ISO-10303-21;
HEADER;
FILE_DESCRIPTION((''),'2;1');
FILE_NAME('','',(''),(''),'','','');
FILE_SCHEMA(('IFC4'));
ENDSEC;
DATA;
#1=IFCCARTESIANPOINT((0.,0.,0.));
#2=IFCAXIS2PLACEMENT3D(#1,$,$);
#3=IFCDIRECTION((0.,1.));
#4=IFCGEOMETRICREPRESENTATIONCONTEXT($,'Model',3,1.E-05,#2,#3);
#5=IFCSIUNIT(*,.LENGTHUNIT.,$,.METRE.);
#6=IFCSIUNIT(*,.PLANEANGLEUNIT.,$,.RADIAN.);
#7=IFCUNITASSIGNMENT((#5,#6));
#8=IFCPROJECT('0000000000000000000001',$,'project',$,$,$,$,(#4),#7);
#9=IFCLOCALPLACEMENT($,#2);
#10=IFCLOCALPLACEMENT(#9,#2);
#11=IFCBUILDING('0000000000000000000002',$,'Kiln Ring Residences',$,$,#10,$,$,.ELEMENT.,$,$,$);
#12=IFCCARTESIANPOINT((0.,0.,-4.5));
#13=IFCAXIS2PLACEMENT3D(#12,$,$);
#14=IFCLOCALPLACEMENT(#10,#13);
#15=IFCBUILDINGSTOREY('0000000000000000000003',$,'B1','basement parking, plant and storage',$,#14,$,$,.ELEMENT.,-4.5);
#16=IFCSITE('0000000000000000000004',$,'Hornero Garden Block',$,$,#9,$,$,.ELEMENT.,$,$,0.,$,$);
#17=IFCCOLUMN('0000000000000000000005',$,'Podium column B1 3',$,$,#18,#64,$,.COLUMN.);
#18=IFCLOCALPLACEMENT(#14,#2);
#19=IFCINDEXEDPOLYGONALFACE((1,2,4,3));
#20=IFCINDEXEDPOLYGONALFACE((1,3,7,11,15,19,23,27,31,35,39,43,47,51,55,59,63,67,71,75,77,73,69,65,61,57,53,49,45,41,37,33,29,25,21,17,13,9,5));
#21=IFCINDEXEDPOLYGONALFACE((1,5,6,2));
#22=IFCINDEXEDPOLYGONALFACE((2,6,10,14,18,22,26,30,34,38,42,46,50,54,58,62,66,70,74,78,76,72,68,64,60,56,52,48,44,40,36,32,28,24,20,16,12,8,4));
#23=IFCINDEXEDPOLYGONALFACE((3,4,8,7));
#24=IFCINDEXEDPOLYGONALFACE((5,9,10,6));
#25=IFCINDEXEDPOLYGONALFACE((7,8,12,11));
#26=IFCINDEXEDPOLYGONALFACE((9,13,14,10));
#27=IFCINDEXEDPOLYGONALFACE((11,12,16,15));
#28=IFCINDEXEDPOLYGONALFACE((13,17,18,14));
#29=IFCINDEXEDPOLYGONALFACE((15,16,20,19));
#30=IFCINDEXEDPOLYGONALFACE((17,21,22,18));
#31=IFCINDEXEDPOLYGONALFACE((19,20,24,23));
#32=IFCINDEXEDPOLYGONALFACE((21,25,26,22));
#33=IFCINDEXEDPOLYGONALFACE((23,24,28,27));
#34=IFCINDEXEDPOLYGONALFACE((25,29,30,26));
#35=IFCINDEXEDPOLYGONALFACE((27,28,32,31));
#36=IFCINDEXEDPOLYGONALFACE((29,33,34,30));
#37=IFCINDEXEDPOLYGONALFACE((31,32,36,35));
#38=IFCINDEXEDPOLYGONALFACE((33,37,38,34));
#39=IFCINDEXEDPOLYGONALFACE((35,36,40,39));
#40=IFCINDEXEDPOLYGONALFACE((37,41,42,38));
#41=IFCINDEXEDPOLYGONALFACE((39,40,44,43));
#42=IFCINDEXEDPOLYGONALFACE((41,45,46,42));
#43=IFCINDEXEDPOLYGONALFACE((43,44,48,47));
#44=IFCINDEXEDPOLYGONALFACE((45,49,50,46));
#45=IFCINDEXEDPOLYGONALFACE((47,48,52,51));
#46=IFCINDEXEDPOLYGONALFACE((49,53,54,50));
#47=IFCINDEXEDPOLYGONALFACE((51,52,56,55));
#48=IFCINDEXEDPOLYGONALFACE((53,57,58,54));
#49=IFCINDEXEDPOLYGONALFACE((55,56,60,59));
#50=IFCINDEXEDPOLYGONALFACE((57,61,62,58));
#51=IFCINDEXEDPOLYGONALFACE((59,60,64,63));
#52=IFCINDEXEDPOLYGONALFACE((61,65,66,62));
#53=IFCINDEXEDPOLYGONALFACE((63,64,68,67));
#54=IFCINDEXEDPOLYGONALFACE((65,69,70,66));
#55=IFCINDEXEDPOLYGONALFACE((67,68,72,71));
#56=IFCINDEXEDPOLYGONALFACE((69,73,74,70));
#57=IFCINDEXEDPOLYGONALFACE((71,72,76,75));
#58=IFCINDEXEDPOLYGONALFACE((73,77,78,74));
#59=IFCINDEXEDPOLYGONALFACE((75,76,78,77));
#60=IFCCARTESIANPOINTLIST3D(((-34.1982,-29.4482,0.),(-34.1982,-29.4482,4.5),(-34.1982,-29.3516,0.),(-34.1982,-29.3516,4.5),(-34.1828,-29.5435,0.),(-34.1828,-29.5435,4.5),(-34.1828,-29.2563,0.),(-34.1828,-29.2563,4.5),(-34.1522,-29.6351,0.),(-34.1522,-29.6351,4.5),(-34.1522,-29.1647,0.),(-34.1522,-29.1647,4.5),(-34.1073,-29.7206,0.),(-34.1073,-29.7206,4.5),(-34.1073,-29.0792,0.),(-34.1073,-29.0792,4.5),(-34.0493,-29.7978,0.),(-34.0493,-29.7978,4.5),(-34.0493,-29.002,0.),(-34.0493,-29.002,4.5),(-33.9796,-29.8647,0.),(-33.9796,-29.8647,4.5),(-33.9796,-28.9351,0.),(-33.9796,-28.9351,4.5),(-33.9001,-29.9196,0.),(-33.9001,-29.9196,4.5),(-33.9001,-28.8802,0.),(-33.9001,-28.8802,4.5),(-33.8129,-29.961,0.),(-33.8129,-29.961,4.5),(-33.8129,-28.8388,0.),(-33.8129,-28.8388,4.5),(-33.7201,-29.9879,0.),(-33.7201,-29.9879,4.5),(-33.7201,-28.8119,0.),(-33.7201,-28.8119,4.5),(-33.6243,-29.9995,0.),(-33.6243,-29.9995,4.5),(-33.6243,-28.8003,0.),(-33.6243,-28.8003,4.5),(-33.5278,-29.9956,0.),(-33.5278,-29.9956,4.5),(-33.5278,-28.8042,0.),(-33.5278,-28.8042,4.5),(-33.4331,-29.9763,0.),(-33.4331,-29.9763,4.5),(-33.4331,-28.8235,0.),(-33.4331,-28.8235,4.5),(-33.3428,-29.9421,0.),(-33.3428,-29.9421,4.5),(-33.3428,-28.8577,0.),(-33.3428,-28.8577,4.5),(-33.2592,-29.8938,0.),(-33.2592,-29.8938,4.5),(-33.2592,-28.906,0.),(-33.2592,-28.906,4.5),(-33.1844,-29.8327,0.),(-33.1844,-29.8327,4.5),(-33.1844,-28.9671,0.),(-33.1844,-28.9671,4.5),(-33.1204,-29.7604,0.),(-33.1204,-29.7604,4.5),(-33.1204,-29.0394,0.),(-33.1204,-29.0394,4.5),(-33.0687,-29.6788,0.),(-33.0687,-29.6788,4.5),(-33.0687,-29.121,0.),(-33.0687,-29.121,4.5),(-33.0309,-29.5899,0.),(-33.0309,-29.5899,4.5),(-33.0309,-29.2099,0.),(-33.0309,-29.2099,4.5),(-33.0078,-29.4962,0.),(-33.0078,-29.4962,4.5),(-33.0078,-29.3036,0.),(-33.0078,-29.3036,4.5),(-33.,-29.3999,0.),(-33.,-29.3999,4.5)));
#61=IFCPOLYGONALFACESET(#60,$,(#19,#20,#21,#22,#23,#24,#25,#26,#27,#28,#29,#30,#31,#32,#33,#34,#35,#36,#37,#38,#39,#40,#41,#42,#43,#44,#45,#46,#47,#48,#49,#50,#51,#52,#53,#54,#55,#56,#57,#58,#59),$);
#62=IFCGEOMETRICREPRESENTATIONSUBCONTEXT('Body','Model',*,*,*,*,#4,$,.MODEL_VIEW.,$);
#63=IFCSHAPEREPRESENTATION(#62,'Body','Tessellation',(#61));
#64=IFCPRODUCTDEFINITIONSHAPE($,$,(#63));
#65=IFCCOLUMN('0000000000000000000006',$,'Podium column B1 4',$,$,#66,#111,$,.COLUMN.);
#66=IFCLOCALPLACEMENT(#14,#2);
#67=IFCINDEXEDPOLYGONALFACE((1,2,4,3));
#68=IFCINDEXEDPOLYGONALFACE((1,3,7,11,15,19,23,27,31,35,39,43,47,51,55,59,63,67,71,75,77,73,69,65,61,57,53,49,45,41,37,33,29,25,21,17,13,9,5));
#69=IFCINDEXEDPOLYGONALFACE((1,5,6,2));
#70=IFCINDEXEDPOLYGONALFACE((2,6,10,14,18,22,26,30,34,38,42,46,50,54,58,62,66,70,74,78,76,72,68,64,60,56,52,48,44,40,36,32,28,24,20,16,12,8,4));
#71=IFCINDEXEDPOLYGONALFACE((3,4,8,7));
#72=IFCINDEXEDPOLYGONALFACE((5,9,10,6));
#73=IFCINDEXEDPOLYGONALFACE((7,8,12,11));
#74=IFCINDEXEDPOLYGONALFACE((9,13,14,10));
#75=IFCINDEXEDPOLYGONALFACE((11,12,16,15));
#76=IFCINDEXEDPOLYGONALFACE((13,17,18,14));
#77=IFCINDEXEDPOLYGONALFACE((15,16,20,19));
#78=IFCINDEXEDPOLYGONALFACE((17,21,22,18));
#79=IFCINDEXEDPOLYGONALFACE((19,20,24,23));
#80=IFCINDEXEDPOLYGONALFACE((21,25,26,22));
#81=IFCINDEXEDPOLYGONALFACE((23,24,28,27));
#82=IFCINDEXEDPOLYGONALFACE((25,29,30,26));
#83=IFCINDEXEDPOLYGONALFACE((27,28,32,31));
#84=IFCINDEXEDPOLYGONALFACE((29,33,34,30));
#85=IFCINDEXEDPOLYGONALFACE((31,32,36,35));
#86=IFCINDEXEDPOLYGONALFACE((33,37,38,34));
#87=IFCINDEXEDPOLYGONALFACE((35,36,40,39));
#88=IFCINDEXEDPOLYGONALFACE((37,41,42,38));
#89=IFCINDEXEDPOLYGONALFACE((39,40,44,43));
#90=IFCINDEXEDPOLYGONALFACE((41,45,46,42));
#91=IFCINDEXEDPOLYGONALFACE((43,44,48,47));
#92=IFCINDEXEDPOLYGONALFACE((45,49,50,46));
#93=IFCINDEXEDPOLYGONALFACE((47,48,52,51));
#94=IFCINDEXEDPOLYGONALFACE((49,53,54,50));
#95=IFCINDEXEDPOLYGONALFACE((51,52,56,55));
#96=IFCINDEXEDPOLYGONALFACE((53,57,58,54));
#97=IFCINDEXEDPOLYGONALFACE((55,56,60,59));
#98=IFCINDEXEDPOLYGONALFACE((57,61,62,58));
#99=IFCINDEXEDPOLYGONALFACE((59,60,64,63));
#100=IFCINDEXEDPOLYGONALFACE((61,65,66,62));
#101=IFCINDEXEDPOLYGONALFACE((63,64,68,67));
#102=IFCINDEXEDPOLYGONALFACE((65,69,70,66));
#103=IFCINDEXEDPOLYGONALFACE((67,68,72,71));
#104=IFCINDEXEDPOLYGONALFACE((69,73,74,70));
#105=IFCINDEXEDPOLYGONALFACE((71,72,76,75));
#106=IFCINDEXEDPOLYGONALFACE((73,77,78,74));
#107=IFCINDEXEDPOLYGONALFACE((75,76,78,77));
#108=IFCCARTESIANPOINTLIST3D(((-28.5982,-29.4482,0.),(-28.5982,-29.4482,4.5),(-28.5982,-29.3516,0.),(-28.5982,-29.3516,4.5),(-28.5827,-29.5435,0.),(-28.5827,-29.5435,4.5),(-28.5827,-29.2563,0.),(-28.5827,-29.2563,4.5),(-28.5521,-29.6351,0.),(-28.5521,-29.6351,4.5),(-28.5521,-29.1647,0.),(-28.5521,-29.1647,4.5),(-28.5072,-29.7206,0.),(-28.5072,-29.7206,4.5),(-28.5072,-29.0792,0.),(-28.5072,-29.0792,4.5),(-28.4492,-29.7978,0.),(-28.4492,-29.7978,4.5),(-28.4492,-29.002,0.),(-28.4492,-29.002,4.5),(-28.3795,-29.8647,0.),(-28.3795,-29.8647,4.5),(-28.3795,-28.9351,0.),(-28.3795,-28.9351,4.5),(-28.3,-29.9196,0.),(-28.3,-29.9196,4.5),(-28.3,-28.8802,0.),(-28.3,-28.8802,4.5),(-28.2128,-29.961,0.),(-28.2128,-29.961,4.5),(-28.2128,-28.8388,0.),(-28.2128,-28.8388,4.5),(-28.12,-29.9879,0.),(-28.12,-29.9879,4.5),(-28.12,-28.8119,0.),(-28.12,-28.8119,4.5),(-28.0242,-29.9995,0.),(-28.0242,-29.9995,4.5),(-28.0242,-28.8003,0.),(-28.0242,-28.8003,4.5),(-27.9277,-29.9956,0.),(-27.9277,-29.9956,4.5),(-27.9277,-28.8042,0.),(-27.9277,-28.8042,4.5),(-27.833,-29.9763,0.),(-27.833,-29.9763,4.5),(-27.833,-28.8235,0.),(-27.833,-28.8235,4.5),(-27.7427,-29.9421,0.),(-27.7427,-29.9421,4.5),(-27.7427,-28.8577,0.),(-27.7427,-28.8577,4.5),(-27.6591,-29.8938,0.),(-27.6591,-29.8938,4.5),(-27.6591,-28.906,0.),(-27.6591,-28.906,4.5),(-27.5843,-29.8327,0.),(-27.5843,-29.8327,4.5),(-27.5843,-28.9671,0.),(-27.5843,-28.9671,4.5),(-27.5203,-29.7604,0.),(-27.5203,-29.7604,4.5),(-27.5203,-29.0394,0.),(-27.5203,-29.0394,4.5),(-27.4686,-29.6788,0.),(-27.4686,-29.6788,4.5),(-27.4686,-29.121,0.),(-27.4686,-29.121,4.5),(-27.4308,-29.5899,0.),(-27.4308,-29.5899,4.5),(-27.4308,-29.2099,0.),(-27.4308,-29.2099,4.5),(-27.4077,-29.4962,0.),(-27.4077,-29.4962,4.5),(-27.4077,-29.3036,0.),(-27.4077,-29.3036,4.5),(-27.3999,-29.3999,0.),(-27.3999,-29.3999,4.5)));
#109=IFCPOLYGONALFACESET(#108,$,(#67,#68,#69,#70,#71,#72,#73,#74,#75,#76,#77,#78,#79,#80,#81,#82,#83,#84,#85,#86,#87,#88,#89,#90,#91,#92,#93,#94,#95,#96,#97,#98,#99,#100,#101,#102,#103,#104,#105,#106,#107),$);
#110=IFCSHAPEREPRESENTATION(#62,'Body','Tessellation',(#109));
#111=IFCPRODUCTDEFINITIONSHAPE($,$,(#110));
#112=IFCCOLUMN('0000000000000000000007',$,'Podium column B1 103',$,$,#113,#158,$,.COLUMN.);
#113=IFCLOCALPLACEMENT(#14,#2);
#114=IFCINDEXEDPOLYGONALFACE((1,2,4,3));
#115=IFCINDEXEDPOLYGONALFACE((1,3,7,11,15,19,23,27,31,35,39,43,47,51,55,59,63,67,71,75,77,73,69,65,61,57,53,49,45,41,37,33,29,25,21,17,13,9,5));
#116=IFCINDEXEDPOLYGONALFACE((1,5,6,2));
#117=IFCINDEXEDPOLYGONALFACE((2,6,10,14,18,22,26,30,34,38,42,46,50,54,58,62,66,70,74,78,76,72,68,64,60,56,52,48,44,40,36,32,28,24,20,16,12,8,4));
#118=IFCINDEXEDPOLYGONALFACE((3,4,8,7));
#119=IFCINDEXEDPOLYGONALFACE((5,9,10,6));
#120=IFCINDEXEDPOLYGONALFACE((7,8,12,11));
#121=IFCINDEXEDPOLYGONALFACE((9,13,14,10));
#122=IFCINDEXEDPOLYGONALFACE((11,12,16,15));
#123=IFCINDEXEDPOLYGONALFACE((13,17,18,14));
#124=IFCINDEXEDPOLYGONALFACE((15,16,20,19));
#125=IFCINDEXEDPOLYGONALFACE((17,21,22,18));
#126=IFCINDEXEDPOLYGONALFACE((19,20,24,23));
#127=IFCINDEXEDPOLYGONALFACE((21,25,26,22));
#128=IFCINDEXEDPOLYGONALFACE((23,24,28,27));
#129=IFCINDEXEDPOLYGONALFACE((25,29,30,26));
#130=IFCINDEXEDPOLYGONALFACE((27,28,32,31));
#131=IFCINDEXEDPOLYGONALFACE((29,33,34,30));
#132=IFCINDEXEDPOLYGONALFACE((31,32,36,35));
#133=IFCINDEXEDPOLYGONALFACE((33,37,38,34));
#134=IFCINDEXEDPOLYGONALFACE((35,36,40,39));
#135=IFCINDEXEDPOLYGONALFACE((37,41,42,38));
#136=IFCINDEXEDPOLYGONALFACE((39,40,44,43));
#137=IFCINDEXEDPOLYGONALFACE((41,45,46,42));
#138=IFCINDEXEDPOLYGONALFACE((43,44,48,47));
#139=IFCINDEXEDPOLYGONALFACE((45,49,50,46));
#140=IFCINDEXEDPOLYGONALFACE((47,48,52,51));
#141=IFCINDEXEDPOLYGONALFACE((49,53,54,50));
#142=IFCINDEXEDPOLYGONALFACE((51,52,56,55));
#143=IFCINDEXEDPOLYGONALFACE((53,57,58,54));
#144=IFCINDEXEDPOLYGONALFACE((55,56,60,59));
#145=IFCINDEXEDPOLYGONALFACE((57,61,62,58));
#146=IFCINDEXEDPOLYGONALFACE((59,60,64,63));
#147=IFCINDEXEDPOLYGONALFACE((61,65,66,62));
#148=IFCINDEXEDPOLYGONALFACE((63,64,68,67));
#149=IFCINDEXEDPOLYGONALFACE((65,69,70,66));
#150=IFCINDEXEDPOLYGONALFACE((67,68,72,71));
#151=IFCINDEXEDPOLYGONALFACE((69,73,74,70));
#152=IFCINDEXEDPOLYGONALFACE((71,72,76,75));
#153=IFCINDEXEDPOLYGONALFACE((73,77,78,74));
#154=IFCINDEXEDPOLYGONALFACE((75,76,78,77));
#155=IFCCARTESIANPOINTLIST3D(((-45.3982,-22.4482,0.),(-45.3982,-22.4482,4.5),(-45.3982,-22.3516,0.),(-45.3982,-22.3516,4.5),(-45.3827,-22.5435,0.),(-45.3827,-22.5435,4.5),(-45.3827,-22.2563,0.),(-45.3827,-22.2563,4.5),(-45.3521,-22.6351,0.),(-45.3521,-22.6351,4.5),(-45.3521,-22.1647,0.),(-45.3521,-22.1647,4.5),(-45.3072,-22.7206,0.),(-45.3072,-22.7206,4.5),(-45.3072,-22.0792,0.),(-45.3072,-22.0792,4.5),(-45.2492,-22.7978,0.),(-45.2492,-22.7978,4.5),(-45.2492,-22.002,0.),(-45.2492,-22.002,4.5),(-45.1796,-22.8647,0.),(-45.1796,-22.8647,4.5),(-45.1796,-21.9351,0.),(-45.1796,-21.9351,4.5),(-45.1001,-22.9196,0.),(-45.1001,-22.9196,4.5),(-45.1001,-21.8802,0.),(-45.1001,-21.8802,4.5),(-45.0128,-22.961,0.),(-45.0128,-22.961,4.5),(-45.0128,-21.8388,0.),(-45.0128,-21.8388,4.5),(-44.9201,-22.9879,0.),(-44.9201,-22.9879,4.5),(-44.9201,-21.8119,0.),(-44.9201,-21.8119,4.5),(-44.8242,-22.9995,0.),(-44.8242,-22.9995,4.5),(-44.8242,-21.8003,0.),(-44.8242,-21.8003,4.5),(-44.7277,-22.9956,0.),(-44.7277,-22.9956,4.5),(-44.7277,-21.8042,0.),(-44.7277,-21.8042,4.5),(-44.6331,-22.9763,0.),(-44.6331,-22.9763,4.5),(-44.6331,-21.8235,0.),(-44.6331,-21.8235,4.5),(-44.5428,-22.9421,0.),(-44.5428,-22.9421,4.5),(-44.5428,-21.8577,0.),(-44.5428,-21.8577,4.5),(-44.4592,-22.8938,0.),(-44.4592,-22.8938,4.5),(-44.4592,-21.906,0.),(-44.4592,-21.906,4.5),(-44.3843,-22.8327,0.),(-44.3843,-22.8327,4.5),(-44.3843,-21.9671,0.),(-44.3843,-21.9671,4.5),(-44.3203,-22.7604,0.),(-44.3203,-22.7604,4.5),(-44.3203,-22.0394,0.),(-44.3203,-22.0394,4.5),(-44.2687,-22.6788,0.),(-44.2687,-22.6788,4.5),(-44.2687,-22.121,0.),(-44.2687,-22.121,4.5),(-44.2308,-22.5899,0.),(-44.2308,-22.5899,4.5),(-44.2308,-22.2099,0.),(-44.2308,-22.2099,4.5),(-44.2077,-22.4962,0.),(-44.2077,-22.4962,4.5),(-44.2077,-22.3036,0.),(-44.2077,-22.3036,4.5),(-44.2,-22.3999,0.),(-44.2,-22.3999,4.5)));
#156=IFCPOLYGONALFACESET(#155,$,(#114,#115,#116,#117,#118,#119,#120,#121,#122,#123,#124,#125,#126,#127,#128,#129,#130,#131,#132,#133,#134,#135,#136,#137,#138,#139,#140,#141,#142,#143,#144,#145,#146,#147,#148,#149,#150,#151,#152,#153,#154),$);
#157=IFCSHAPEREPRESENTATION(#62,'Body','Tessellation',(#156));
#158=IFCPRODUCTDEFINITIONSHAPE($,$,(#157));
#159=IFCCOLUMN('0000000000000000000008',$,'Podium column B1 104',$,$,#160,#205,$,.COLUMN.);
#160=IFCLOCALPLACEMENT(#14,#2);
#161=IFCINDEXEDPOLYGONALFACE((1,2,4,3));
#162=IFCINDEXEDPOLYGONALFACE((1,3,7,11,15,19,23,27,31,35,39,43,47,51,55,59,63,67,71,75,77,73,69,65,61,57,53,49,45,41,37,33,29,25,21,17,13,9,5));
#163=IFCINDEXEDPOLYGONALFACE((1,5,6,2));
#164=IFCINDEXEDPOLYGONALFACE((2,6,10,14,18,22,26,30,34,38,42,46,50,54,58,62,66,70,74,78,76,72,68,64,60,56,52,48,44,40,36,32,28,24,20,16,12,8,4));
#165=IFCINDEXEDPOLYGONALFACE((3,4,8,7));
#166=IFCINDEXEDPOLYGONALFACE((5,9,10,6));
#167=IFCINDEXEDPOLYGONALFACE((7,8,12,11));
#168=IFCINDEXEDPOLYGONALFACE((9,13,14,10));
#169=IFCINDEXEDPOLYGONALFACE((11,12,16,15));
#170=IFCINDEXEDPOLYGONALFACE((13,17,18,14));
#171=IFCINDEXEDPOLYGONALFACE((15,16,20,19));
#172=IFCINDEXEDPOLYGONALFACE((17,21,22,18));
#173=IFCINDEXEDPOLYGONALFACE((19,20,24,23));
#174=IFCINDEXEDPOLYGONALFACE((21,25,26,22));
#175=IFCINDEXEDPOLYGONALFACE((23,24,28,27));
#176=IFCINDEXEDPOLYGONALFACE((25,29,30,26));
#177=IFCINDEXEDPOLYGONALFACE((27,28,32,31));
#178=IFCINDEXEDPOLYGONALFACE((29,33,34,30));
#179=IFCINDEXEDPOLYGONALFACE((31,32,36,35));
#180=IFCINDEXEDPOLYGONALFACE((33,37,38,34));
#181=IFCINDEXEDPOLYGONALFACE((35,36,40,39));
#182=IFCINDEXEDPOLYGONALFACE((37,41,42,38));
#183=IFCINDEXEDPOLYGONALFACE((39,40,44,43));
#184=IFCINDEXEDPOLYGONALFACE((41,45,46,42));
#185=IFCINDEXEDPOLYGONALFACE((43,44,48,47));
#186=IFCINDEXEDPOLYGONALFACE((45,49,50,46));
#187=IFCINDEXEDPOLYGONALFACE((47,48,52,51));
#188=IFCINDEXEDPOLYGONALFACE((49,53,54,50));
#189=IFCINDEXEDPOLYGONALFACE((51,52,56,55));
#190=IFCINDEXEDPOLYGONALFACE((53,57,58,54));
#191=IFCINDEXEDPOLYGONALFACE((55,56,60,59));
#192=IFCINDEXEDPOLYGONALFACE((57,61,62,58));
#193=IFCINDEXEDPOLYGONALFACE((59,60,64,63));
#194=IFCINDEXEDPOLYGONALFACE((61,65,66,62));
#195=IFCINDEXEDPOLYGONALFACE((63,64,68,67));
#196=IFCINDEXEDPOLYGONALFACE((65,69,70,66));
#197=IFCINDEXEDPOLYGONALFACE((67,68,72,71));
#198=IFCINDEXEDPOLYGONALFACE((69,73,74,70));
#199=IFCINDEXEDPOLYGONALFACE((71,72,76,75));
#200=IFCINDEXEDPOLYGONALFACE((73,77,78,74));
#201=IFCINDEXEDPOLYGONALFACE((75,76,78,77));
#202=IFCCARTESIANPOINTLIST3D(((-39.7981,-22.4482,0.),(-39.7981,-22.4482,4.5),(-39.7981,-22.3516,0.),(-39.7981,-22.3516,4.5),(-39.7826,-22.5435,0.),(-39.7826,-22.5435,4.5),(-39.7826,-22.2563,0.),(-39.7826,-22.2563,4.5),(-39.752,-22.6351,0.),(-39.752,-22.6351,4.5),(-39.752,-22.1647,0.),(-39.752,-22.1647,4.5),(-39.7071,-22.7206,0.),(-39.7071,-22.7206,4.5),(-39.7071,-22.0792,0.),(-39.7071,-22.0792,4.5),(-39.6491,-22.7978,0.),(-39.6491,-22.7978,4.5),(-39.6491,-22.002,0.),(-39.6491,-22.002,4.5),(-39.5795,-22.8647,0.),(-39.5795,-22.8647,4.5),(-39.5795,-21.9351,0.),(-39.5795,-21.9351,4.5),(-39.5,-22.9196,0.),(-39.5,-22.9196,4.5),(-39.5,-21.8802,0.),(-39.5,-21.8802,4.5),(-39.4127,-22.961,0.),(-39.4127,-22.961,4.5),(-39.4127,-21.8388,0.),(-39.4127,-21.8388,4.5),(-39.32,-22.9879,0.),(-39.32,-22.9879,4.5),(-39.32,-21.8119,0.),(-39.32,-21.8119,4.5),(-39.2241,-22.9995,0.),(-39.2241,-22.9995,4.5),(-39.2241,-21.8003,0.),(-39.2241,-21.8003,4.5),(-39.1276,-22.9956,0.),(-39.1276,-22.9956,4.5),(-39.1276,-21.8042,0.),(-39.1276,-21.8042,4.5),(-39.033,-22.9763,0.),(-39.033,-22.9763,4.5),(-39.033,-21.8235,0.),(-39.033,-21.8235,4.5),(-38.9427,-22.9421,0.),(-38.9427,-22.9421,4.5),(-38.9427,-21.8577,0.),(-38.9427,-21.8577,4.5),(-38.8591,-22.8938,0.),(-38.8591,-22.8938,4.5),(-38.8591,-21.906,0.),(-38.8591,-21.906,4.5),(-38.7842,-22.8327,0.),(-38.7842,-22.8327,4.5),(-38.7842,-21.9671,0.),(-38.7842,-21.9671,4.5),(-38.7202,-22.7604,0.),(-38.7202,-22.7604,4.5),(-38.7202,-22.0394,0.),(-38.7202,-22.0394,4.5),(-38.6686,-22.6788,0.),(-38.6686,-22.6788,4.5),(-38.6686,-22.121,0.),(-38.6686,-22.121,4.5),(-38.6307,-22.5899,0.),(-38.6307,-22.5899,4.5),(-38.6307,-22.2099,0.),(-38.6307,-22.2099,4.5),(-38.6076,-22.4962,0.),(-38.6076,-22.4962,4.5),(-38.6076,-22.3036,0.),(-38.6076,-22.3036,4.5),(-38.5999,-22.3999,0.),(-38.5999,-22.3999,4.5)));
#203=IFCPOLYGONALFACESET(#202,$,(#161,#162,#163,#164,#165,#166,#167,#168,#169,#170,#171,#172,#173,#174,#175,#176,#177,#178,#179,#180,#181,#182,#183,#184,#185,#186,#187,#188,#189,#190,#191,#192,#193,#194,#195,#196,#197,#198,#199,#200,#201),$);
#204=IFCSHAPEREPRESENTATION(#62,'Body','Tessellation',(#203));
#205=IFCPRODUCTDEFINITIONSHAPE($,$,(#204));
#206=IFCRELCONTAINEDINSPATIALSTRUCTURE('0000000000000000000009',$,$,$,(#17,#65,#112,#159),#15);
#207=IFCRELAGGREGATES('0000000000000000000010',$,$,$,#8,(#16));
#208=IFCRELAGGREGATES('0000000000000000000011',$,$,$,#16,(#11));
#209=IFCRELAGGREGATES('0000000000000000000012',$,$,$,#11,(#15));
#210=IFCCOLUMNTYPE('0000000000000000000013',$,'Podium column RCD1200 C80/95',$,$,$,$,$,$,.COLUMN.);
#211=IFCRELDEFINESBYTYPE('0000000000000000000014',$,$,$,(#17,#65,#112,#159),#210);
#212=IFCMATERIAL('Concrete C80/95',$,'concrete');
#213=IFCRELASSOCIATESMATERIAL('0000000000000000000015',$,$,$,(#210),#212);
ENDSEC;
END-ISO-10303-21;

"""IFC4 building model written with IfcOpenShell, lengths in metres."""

from ifc_helpers import new_model, si_unit, direction, frame, origin, origin_2d, place, context, subcontext, project, spatial, circle, extrude, material, material_profile, profile_set, type_object, element, save


model = new_model("IFC4")

# Units and contexts
model_context = context("Model", 3, precision=1e-05, world=origin(), true_north=direction((0.0, 1.0)))
body_context = subcontext(model_context, "Body", "Model", "MODEL_VIEW")
ifc_project = project(units=[si_unit("LENGTHUNIT", "METRE"), si_unit("PLANEANGLEUNIT", "RADIAN")], contexts=[model_context])

# Site, building, storey
site_placement = place(None, origin())
site = spatial("IfcSite", under=ifc_project, at=site_placement, Name="Hornero Garden Block", CompositionType="ELEMENT", RefElevation=0.0)
building_placement = place(site_placement, origin())
building = spatial("IfcBuilding", under=site, at=building_placement, Name="Kiln Ring Residences", CompositionType="ELEMENT")
storey_placement = place(building_placement, frame((0.0, 0.0, -4.5)))
storey = spatial("IfcBuildingStorey", under=building, at=storey_placement, Name="B1", Description="basement parking, plant and storage", CompositionType="ELEMENT", Elevation=-4.5)

# Columns
ifc_material_1 = material(Name="Concrete C80/95", Category="concrete")
ifc_material_profile_1 = material_profile(ifc_material_1, circle(Radius=0.6001, at=origin_2d()), Name="RCD1200")
ifc_profile_set_1 = profile_set([ifc_material_profile_1], Name="Concrete C80/95")
column_type = type_object("IfcColumnType", Name="Podium column RCD1200 C80/95", PredefinedType="COLUMN", material=ifc_profile_set_1)
for number, where, z_axis, x_axis, name in (
    (1, (-33.6001, -29.3999, 0.0), (0.0, 0.0, 1.0), (1.0, 0.0, 0.0), "Podium column B1 3"),
    (2, (-28.0, -29.3999, 0.0), (0.0, 0.0, 1.0), (1.0, 0.0, 0.0), "Podium column B1 4"),
    (3, (-44.8, -22.3999, 0.0), (0.0, 0.0, 1.0), (1.0, 0.0, 0.0), "Podium column B1 103"),
    (4, (-39.2, -22.3999, 0.0), (0.0, 0.0, 1.0), (1.0, 0.0, 0.0), "Podium column B1 104"),
):
    element("IfcColumn", number, at=place(storey_placement, frame(where, z_axis=z_axis, x_axis=x_axis)), inside=storey, type_object=column_type, Name=name, PredefinedType="COLUMN", context=body_context, shape_type="SweptSolid", body=[
        extrude(circle(Radius=0.6001, at=origin_2d()), origin(), (0.0, 0.0, 1.0), 4.5),
    ])

save(model, "model.ifc")
